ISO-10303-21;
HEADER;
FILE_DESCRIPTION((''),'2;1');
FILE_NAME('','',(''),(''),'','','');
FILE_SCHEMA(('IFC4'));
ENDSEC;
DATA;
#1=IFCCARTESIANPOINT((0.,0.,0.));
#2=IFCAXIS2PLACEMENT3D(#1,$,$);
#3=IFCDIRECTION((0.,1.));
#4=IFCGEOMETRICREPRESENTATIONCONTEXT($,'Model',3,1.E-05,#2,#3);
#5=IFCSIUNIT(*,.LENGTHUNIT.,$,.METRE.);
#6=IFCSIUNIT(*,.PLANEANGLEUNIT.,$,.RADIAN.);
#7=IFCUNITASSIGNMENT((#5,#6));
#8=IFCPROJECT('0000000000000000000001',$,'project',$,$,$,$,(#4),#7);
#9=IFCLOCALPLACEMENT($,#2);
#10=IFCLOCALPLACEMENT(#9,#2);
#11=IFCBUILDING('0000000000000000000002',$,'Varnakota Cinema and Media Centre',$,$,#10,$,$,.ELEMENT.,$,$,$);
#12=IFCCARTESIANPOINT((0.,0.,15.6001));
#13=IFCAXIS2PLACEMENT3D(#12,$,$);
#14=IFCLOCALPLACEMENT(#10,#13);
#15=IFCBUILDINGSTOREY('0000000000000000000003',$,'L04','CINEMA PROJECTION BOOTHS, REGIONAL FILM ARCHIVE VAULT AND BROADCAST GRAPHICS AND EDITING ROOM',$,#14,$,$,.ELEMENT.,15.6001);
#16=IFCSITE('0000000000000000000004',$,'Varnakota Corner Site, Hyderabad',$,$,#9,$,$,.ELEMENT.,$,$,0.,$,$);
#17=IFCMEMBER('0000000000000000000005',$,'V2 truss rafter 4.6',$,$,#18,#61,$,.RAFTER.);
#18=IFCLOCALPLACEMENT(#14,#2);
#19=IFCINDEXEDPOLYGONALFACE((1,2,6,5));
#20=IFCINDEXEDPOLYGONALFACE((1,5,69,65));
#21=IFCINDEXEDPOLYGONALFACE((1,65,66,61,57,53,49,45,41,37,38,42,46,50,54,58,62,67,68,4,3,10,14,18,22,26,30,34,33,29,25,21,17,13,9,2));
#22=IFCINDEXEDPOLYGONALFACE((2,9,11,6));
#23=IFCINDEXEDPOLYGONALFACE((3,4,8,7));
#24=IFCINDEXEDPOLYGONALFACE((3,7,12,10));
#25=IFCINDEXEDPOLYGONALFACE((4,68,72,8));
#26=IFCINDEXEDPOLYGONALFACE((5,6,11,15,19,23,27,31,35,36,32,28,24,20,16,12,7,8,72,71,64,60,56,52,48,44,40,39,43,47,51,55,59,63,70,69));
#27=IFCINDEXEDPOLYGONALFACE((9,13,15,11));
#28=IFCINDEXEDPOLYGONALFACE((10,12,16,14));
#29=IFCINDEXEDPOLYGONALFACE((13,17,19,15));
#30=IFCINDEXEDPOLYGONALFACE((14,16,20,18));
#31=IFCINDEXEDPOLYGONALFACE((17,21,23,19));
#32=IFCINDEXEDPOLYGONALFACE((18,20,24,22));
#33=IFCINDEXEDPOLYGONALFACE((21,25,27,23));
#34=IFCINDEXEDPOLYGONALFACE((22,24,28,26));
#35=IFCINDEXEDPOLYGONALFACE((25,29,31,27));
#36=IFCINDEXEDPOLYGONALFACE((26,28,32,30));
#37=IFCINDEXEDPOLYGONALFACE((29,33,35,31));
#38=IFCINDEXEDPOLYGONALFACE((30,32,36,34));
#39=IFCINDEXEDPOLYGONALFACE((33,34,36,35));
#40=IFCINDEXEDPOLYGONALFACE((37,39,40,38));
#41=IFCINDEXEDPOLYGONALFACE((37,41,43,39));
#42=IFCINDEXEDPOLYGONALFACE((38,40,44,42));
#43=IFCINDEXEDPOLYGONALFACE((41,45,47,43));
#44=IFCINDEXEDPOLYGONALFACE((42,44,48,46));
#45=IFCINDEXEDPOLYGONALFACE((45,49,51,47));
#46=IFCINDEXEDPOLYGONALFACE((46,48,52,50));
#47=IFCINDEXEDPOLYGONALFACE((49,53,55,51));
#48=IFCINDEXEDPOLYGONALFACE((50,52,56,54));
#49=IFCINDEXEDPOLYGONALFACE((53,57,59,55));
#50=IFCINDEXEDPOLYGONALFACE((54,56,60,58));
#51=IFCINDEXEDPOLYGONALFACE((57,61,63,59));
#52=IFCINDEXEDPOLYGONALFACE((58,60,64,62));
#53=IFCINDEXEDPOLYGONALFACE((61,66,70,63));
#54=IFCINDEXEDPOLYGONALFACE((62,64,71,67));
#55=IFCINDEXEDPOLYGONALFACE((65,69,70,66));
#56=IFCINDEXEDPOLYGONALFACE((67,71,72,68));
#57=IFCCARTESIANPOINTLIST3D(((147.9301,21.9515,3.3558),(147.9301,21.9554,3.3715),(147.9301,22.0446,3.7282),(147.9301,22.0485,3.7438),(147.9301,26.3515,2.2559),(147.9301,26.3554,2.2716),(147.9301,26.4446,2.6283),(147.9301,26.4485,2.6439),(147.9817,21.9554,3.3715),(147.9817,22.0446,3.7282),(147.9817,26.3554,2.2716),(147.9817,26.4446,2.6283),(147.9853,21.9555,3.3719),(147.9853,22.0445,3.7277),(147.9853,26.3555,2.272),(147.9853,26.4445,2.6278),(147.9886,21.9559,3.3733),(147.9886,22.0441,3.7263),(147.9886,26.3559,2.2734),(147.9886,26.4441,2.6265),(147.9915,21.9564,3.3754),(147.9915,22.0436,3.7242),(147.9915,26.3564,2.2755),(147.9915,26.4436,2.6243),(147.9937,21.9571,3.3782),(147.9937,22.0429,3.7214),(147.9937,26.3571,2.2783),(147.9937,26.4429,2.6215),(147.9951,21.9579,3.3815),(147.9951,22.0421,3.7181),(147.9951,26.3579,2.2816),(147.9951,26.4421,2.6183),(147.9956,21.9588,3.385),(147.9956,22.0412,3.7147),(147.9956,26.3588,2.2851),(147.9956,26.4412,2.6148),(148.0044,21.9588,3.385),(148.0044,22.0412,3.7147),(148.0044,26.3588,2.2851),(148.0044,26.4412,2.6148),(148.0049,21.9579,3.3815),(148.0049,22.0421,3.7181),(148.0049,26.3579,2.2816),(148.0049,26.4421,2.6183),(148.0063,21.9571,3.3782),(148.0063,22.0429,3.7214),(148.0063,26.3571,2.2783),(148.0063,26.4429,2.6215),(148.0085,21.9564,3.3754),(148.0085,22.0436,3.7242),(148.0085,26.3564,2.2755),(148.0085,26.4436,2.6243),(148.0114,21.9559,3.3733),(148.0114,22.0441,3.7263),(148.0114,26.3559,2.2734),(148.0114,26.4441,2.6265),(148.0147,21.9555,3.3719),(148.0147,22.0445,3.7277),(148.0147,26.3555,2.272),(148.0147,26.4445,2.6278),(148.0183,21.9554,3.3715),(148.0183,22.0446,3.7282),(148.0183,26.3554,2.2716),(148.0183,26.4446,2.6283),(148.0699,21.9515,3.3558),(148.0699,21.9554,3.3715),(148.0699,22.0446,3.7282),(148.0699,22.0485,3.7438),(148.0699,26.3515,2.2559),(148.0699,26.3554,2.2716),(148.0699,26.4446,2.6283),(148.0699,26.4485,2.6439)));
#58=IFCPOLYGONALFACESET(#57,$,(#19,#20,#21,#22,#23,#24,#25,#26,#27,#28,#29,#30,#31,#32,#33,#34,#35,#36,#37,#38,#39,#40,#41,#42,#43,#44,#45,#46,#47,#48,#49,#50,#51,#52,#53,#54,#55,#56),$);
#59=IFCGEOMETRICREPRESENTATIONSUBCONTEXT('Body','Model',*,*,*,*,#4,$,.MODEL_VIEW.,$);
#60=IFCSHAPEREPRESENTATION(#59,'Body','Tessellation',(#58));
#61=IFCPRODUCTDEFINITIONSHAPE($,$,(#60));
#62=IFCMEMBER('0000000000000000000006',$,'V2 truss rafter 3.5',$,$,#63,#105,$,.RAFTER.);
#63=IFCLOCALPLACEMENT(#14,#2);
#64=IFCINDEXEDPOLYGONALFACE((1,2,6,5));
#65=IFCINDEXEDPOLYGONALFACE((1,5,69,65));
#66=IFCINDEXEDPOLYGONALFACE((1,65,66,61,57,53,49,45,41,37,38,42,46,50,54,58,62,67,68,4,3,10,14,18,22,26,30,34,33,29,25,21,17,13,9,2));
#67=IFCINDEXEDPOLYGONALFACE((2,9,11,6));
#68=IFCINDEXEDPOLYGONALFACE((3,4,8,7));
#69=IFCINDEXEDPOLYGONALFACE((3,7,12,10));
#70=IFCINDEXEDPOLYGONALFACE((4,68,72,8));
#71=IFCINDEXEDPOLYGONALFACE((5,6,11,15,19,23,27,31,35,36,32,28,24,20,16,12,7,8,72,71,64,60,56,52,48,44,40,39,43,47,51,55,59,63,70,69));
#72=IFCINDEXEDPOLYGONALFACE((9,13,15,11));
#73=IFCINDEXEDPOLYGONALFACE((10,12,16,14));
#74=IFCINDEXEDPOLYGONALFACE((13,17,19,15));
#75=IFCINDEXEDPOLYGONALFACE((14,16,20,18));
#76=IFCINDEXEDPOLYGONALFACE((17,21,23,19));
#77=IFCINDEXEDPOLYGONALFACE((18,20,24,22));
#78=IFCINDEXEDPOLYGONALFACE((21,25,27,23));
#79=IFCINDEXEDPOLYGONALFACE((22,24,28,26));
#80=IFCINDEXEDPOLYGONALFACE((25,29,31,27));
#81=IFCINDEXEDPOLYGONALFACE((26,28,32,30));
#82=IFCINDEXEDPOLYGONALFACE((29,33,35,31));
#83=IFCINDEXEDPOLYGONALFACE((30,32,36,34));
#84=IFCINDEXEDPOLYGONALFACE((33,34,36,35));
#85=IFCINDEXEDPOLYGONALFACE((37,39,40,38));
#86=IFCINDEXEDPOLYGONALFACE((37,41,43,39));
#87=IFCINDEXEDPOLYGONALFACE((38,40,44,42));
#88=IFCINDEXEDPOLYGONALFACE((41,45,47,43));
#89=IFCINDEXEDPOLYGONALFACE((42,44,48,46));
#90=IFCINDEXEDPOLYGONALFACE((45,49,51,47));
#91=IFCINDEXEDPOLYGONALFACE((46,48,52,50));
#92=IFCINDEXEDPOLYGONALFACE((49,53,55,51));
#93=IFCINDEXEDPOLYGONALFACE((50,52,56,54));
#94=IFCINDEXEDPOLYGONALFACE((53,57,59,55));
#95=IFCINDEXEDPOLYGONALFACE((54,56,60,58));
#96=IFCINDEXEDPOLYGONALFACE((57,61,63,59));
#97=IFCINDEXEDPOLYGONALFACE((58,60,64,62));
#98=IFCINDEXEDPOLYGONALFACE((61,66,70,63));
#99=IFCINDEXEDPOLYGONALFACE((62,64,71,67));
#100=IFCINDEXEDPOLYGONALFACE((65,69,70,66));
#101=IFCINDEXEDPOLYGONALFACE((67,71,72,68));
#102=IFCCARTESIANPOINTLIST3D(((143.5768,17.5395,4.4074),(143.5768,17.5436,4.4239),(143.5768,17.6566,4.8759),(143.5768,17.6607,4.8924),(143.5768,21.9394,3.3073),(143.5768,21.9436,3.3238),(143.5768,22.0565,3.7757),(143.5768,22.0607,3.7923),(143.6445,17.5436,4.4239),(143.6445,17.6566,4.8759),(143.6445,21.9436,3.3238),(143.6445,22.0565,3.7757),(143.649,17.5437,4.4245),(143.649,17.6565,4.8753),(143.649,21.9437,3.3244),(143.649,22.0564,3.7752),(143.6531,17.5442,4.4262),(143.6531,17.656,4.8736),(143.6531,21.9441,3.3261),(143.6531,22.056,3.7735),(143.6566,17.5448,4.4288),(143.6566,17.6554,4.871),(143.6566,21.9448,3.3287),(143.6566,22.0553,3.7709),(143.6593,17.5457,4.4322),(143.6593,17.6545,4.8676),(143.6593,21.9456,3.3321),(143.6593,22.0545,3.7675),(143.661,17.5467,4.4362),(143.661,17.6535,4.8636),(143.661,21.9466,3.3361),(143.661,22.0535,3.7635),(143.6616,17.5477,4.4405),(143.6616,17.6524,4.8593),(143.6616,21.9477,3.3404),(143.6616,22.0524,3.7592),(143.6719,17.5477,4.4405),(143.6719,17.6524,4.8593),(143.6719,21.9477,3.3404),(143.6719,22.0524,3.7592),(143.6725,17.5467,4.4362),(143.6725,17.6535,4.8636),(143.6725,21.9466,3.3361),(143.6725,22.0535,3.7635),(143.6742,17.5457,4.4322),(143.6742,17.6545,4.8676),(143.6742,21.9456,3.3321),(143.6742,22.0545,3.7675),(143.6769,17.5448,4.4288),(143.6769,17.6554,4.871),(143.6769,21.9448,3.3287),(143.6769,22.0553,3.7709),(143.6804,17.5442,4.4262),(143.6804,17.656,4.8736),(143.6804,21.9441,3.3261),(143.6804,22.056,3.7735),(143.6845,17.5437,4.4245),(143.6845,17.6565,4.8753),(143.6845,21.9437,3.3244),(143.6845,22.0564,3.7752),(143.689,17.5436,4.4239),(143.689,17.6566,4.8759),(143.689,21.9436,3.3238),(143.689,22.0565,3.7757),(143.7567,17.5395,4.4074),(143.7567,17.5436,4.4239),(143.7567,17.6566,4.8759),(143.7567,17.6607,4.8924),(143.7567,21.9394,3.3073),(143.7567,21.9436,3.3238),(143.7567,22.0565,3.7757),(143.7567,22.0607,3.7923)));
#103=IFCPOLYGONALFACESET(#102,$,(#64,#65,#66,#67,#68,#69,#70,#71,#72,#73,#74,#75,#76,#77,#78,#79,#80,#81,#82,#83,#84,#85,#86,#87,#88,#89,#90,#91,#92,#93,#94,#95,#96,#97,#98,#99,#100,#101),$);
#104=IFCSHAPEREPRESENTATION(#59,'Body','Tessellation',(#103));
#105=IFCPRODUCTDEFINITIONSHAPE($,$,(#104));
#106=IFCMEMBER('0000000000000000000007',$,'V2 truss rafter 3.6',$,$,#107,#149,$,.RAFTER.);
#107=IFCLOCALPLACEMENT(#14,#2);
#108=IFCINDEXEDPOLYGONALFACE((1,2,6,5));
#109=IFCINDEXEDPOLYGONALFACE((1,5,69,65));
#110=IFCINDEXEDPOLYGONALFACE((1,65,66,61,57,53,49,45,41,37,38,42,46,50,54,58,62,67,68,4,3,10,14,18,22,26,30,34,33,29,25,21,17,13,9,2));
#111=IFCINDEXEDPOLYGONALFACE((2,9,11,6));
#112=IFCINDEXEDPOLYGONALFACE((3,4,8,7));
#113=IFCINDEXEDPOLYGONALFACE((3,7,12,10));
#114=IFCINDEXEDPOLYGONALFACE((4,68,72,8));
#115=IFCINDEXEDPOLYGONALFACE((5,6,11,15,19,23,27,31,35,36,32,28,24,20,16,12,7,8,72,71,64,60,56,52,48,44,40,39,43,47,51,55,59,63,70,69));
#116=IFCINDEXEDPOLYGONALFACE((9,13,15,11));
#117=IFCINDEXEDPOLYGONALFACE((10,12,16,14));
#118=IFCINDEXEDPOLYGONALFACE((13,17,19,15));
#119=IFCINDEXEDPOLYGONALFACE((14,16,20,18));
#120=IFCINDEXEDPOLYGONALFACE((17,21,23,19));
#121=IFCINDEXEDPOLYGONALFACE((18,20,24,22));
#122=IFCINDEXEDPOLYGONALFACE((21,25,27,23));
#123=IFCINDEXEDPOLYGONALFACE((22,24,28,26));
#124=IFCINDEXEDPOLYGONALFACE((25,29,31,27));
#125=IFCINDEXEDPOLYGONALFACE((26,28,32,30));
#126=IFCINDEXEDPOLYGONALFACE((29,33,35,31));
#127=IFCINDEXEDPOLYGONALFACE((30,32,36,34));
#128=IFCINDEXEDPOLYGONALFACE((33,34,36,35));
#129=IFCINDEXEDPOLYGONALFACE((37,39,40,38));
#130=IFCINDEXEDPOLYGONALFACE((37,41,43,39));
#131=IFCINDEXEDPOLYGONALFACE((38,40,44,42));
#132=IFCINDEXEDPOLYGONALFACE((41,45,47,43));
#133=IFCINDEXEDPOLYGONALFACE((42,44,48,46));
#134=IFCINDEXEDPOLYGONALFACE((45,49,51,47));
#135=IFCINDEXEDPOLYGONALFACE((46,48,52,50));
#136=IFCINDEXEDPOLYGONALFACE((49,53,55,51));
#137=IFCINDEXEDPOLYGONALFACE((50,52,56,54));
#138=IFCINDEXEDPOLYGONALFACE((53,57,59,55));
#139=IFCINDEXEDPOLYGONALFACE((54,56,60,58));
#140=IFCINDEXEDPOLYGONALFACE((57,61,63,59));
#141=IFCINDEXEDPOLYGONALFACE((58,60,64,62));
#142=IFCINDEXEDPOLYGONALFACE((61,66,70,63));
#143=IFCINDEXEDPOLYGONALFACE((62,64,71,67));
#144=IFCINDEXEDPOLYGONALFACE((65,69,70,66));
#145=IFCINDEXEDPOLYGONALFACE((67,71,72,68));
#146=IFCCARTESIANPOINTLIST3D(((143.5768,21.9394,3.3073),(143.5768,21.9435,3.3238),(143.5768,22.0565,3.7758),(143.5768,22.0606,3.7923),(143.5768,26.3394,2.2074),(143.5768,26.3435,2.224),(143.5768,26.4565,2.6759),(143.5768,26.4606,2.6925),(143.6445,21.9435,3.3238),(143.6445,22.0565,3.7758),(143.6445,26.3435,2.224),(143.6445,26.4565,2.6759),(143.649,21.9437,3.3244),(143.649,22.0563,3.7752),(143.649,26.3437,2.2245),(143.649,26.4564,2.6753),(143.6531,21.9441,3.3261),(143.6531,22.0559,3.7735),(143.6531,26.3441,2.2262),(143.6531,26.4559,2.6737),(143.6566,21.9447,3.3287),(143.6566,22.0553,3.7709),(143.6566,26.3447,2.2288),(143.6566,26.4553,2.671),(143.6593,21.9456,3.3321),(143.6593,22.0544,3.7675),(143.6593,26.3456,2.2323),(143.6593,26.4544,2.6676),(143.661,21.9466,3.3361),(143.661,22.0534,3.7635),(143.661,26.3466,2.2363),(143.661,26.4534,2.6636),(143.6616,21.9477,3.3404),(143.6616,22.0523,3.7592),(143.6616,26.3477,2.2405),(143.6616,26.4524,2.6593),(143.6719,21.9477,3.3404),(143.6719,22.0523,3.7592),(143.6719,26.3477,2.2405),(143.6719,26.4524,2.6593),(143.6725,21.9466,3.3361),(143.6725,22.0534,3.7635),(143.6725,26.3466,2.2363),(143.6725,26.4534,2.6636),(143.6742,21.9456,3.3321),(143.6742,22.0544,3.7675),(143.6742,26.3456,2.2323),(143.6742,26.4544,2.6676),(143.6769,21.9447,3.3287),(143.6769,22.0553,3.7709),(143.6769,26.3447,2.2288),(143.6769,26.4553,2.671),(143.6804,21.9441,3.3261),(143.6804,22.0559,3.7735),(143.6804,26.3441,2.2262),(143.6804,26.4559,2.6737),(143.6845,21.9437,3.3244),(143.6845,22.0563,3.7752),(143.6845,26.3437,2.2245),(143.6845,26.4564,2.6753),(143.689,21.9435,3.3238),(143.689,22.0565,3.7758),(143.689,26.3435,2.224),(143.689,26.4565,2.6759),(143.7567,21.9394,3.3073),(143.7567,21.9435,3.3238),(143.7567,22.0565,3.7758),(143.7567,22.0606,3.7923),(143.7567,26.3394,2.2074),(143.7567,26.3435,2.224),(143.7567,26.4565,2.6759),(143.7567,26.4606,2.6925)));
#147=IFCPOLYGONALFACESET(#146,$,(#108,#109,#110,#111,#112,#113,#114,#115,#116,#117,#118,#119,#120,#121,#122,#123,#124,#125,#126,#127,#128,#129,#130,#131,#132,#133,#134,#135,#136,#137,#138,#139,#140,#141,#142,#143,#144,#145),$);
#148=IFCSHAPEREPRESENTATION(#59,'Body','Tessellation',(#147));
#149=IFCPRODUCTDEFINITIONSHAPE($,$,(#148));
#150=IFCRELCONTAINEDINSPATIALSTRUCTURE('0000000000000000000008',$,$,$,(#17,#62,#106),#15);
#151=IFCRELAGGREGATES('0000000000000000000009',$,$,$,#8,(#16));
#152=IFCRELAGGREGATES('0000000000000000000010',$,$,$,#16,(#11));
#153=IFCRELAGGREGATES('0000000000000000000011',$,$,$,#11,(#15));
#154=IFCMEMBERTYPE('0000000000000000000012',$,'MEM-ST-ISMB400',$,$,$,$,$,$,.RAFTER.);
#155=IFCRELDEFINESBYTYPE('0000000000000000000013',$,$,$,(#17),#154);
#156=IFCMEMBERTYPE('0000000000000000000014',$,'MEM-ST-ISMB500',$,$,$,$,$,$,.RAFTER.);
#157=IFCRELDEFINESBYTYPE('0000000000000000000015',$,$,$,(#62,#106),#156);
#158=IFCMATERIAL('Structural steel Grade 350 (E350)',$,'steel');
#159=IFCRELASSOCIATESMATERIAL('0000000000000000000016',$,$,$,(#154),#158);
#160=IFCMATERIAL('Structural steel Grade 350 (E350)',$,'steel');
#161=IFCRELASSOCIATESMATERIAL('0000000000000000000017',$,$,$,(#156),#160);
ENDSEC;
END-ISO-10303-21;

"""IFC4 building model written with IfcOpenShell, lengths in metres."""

from ifc_helpers import new_model, si_unit, direction, frame, origin, origin_2d, place, context, subcontext, project, spatial, i_section, extrude, material, material_profile, profile_set, type_object, element, save


model = new_model("IFC4")

# Units and contexts
model_context = context("Model", 3, precision=1e-05, world=origin(), true_north=direction((0.0, 1.0)))
body_context = subcontext(model_context, "Body", "Model", "MODEL_VIEW")
ifc_project = project(units=[si_unit("LENGTHUNIT", "METRE"), si_unit("PLANEANGLEUNIT", "RADIAN")], contexts=[model_context])

# Site, building, storey
site_placement = place(None, origin())
site = spatial("IfcSite", under=ifc_project, at=site_placement, Name="Varnakota Corner Site, Hyderabad", CompositionType="ELEMENT", RefElevation=0.0)
building_placement = place(site_placement, origin())
building = spatial("IfcBuilding", under=site, at=building_placement, Name="Varnakota Cinema and Media Centre", CompositionType="ELEMENT")
storey_placement = place(building_placement, frame((0.0, 0.0, 15.6001)))
storey = spatial("IfcBuildingStorey", under=building, at=storey_placement, Name="L04", Description="CINEMA PROJECTION BOOTHS, REGIONAL FILM ARCHIVE VAULT AND BROADCAST GRAPHICS AND EDITING ROOM", CompositionType="ELEMENT", Elevation=15.6001)

# Members
ifc_material_1 = material(Name="Structural steel Grade 350 (E350)", Category="steel")
ifc_material_profile_1 = material_profile(ifc_material_1, i_section(OverallWidth=0.1399, OverallDepth=0.3999, WebThickness=0.0088, FlangeThickness=0.0161, FilletRadius=0.0139, at=origin_2d()), Name="ISMB 400")
ifc_profile_set_1 = profile_set([ifc_material_profile_1], Name="Structural steel Grade 350 (E350)")
member_type_1 = type_object("IfcMemberType", Name="MEM-ST-ISMB400", PredefinedType="RAFTER", material=ifc_profile_set_1)
for number, where, z_axis, x_axis, name in (
    (1, (148.0, 22.0, 3.5498), (0.0, 0.970149, -0.24251), (-1.0, 0.0, 0.0), "V2 truss rafter 4.6"),
):
    element("IfcMember", number, at=place(storey_placement, frame(where, z_axis=z_axis, x_axis=x_axis)), inside=storey, type_object=member_type_1, Name=name, PredefinedType="RAFTER", context=body_context, shape_type="SweptSolid", body=[
        extrude(i_section(OverallWidth=0.1399, OverallDepth=0.3999, WebThickness=0.0088, FlangeThickness=0.0161, FilletRadius=0.0139, at=origin_2d()), origin(), (0.0, 0.0, 1.0), 4.5354),
    ])
ifc_material_2 = material(Name="Structural steel Grade 350 (E350)", Category="steel")
ifc_material_profile_2 = material_profile(ifc_material_2, i_section(OverallWidth=0.1799, OverallDepth=0.5, WebThickness=0.0103, FlangeThickness=0.0171, FilletRadius=0.0171, at=origin_2d()), Name="ISMB 500")
ifc_profile_set_2 = profile_set([ifc_material_profile_2], Name="Structural steel Grade 350 (E350)")
member_type_2 = type_object("IfcMemberType", Name="MEM-ST-ISMB500", PredefinedType="RAFTER", material=ifc_profile_set_2)
for number, where, z_axis, x_axis, name in (
    (2, (143.6667, 17.6001, 4.6499), (0.0, 0.970136, -0.242561), (-1.0, 0.0, 0.0), "V2 truss rafter 3.5"),
    (3, (143.6667, 22.0, 3.5498), (0.0, 0.970149, -0.24251), (-1.0, 0.0, 0.0), "V2 truss rafter 3.6"),
):
    element("IfcMember", number, at=place(storey_placement, frame(where, z_axis=z_axis, x_axis=x_axis)), inside=storey, type_object=member_type_2, Name=name, PredefinedType="RAFTER", context=body_context, shape_type="SweptSolid", body=[
        extrude(i_section(OverallWidth=0.1799, OverallDepth=0.5, WebThickness=0.0103, FlangeThickness=0.0171, FilletRadius=0.0171, at=origin_2d()), origin(), (0.0, 0.0, 1.0), 4.5354),
    ])

save(model, "model.ifc")
